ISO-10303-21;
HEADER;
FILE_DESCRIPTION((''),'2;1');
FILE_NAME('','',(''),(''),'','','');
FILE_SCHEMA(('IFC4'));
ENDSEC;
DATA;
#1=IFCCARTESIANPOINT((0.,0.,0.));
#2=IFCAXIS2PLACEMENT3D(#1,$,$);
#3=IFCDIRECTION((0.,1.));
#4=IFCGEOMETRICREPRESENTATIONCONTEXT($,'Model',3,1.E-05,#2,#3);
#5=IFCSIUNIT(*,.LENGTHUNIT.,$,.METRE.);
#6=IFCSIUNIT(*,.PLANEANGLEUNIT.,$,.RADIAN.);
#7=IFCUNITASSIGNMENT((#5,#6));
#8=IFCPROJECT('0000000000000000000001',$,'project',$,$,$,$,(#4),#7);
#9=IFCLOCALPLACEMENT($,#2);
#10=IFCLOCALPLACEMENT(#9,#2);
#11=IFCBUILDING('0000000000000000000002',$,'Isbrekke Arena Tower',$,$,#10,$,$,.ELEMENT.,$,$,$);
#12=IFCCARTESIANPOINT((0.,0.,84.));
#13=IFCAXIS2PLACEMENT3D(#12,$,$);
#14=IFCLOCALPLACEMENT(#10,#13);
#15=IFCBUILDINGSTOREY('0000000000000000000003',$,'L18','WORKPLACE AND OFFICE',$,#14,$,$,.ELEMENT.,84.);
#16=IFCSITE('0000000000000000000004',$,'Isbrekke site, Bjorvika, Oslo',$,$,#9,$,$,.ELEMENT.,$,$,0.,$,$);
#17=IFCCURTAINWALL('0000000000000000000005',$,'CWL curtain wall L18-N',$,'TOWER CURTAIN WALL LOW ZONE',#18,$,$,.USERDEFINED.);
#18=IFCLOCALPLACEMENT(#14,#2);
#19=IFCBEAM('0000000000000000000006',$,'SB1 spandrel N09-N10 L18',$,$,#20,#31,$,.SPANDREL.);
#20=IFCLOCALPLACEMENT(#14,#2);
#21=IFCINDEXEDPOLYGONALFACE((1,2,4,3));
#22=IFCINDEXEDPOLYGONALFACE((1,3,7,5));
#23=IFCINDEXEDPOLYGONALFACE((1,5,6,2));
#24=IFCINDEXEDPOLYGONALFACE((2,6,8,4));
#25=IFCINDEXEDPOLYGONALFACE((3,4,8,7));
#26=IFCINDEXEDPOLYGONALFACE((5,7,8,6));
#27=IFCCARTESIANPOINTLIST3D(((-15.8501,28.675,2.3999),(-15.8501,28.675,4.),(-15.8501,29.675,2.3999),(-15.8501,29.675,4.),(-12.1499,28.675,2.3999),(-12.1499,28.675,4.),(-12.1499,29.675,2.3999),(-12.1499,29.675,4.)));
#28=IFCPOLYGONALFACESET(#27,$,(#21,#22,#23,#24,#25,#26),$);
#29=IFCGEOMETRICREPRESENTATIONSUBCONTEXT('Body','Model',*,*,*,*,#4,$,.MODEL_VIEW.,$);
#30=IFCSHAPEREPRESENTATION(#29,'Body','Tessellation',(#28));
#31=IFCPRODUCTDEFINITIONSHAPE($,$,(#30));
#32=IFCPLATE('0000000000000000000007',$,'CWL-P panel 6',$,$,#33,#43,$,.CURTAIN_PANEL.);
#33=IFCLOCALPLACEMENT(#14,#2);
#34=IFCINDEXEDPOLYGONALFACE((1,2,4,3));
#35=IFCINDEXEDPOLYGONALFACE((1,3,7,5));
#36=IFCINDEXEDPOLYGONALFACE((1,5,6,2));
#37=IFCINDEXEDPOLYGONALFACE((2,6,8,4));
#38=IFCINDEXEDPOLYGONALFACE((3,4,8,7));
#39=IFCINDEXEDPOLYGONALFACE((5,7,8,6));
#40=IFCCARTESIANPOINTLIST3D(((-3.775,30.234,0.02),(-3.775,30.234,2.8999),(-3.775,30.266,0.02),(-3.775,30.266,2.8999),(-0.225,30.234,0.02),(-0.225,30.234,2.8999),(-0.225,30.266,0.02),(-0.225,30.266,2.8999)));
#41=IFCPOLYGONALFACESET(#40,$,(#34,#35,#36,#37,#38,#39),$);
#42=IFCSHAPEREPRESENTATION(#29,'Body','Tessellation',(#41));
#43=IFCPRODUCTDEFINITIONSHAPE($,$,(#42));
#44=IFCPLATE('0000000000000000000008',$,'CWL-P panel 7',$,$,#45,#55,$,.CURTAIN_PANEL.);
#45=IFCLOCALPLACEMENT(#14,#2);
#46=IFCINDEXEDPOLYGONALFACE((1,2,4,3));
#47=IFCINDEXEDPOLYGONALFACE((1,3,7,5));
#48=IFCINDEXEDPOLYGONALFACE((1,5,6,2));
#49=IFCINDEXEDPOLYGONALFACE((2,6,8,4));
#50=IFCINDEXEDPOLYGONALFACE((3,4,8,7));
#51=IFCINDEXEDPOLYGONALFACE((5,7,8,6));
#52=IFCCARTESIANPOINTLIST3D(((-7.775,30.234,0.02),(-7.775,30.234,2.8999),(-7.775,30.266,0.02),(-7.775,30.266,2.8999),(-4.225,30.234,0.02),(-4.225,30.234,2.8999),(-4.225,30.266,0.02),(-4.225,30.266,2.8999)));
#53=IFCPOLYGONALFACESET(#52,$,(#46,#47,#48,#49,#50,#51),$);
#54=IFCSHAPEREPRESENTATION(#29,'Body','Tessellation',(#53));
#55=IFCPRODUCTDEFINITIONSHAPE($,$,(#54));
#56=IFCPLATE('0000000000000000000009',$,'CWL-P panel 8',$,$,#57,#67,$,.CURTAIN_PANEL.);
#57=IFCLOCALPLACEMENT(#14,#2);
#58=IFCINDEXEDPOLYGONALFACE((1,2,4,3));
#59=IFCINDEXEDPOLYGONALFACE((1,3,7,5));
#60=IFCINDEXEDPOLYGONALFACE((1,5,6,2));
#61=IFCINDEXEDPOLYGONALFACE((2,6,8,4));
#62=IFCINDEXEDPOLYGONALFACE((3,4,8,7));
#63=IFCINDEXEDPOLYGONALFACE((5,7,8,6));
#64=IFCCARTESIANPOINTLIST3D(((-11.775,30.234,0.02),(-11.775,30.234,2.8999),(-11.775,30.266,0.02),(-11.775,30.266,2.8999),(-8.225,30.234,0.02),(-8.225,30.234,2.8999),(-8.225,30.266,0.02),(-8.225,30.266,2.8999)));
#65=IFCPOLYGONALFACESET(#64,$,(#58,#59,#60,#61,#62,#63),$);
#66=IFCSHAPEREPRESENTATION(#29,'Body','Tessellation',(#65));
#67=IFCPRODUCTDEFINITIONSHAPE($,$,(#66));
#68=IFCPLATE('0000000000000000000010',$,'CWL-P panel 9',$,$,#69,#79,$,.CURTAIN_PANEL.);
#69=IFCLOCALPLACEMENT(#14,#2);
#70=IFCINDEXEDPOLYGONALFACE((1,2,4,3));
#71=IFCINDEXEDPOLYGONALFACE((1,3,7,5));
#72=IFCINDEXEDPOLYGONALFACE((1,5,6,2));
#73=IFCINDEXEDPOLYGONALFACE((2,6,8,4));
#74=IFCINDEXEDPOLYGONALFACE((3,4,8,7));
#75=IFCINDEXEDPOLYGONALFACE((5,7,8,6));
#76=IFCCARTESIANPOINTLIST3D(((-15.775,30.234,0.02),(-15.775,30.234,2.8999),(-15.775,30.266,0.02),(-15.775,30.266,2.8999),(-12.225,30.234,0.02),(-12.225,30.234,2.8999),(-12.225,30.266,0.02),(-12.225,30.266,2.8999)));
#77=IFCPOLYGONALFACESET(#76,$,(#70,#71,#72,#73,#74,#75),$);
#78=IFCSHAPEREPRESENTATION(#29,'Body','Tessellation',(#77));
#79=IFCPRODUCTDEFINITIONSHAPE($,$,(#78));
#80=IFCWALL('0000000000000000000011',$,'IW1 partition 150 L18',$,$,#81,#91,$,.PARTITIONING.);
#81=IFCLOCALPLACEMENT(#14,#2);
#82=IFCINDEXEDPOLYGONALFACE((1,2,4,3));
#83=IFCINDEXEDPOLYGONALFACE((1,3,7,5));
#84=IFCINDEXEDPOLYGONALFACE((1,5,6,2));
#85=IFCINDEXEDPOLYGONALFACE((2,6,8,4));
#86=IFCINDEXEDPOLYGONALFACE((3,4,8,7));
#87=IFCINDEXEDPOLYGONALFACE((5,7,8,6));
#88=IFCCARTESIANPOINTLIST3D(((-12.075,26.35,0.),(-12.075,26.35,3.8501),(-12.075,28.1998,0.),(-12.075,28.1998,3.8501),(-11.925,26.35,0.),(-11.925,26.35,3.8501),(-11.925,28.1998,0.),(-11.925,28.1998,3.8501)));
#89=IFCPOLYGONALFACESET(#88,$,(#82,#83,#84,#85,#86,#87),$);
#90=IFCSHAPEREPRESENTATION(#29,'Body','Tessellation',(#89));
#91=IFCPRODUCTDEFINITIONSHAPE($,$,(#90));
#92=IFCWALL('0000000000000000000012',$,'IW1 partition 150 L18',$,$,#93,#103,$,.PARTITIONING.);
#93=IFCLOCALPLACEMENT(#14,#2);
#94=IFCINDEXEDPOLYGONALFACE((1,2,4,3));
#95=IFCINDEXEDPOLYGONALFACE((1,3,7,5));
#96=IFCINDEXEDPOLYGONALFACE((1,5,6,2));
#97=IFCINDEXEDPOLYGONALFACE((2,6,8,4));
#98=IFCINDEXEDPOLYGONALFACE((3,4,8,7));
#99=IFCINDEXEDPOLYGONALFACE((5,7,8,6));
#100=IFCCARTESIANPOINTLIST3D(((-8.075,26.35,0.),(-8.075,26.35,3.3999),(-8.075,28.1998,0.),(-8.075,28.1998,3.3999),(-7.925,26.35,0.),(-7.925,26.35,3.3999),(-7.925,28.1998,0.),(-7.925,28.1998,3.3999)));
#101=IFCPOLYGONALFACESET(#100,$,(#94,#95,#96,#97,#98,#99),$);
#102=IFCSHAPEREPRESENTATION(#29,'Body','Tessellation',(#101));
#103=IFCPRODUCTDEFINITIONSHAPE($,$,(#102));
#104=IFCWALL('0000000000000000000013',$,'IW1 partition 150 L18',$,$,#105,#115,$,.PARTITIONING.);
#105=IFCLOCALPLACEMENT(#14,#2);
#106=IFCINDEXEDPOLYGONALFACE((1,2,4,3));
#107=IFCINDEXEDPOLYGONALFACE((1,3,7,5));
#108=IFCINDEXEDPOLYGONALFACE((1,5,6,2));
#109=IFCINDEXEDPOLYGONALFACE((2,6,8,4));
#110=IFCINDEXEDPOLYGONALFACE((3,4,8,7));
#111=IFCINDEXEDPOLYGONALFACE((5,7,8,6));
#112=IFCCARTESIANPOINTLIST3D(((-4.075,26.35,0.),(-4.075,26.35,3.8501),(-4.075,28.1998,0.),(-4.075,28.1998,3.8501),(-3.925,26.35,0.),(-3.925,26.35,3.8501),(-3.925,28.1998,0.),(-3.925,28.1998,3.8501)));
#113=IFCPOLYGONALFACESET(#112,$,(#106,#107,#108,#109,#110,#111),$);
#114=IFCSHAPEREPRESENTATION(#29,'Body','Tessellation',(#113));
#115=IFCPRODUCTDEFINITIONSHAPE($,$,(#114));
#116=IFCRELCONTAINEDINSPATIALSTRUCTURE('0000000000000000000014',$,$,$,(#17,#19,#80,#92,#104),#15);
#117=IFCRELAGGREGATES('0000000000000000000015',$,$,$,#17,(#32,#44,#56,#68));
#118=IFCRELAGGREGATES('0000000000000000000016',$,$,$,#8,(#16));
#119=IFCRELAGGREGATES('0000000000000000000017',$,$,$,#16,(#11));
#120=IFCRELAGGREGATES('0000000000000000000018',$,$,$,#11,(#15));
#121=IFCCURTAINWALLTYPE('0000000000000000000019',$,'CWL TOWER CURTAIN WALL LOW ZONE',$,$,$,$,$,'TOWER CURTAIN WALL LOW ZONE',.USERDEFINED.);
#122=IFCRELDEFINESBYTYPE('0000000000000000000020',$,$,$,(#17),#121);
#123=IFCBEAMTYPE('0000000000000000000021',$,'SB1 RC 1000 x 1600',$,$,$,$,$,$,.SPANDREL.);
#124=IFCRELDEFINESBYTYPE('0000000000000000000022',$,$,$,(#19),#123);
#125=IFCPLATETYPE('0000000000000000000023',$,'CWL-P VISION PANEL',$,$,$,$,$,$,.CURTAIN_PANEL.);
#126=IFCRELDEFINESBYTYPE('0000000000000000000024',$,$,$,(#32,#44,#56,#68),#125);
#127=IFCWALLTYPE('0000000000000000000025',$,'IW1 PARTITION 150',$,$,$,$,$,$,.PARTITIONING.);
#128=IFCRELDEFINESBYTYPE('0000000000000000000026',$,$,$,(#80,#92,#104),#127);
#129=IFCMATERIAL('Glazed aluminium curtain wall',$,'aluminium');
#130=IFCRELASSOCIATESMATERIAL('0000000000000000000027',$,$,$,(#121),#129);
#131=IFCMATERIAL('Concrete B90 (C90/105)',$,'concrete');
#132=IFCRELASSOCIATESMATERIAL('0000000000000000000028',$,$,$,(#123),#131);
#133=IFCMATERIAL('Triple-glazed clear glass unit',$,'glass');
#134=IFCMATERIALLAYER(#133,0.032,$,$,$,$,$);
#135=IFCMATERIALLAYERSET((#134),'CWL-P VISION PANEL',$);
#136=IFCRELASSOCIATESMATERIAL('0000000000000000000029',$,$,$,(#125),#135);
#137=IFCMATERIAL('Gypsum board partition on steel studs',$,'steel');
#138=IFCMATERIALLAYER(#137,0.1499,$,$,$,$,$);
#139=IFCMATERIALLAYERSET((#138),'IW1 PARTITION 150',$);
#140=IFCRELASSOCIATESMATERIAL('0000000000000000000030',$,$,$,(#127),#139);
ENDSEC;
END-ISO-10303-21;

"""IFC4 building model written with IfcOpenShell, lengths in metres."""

from ifc_helpers import new_model, si_unit, direction, frame, frame_2d, origin, origin_2d, place, context, subcontext, project, spatial, rectangle, extrude, material, layer, layer_set, material_profile, profile_set, type_object, element, aggregate, save


model = new_model("IFC4")

# Units and contexts
model_context = context("Model", 3, precision=1e-05, world=origin(), true_north=direction((0.0, 1.0)))
body_context = subcontext(model_context, "Body", "Model", "MODEL_VIEW")
ifc_project = project(units=[si_unit("LENGTHUNIT", "METRE"), si_unit("PLANEANGLEUNIT", "RADIAN")], contexts=[model_context])

# Site, building, storey
site_placement = place(None, origin())
site = spatial("IfcSite", under=ifc_project, at=site_placement, Name="Isbrekke site, Bjorvika, Oslo", CompositionType="ELEMENT", RefElevation=0.0)
building_placement = place(site_placement, origin())
building = spatial("IfcBuilding", under=site, at=building_placement, Name="Isbrekke Arena Tower", CompositionType="ELEMENT")
storey_placement = place(building_placement, frame((0.0, 0.0, 84.0)))
storey = spatial("IfcBuildingStorey", under=building, at=storey_placement, Name="L18", Description="WORKPLACE AND OFFICE", CompositionType="ELEMENT", Elevation=84.0)

# Curtain wall
ifc_material_1 = material(Name="Glazed aluminium curtain wall", Category="aluminium")
curtain_wall_type = type_object("IfcCurtainWallType", Name="CWL TOWER CURTAIN WALL LOW ZONE", ElementType="TOWER CURTAIN WALL LOW ZONE", PredefinedType="USERDEFINED", material=ifc_material_1)
curtain_wall_placement = place(storey_placement, origin())
curtain_wall = element("IfcCurtainWall", 1, at=curtain_wall_placement, inside=storey, type_object=curtain_wall_type, Name="CWL curtain wall L18-N", ObjectType="TOWER CURTAIN WALL LOW ZONE", PredefinedType="USERDEFINED")

# Beam
ifc_material_2 = material(Name="Concrete B90 (C90/105)", Category="concrete")
ifc_material_profile_1 = material_profile(ifc_material_2, rectangle(XDim=1.0, YDim=1.6001, at=origin_2d()), Name="RC 1000x1600")
ifc_profile_set_1 = profile_set([ifc_material_profile_1], Name="Concrete B90 (C90/105)")
beam_type_1 = type_object("IfcBeamType", Name="SB1 RC 1000 x 1600", PredefinedType="SPANDREL", material=ifc_profile_set_1)
for number, where, z_axis, x_axis, name in (
    (2, (-12.1499, 29.175, 3.2), (-1.0, 0.0, 0.0), (0.0, -1.0, 0.0), "SB1 spandrel N09-N10 L18"),
):
    element("IfcBeam", number, at=place(storey_placement, frame(where, z_axis=z_axis, x_axis=x_axis)), inside=storey, type_object=beam_type_1, Name=name, PredefinedType="SPANDREL", context=body_context, shape_type="SweptSolid", body=[
        extrude(rectangle(XDim=1.0, YDim=1.6001, at=origin_2d()), origin(), (0.0, 0.0, 1.0), 3.7002),
    ])

# Plates
ifc_material_3 = material(Name="Triple-glazed clear glass unit", Category="glass")
ifc_layer_1 = layer(ifc_material_3, 0.032)
ifc_layer_set_1 = layer_set([ifc_layer_1], Name="CWL-P VISION PANEL")
plate_type = type_object("IfcPlateType", Name="CWL-P VISION PANEL", PredefinedType="CURTAIN_PANEL", material=ifc_layer_set_1)
plate_1_placement = place(storey_placement, frame((-2.0, 30.25, 0.02), z_axis=(0.0, 0.0, 1.0), x_axis=(-1.0, 0.0, 0.0)))
plate_1 = element("IfcPlate", 3, at=plate_1_placement, type_object=plate_type, Name="CWL-P panel 6", PredefinedType="CURTAIN_PANEL", context=body_context, shape_type="SweptSolid", body=[
    extrude(rectangle(XDim=3.55, YDim=0.032, at=origin_2d()), origin(), (0.0, 0.0, 1.0), 2.8799),
])
plate_2_placement = place(storey_placement, frame((-6.0, 30.25, 0.02), z_axis=(0.0, 0.0, 1.0), x_axis=(-1.0, 0.0, 0.0)))
plate_2 = element("IfcPlate", 4, at=plate_2_placement, type_object=plate_type, Name="CWL-P panel 7", PredefinedType="CURTAIN_PANEL", context=body_context, shape_type="SweptSolid", body=[
    extrude(rectangle(XDim=3.55, YDim=0.032, at=origin_2d()), origin(), (0.0, 0.0, 1.0), 2.8799),
])
plate_3_placement = place(storey_placement, frame((-10.0, 30.25, 0.02), z_axis=(0.0, 0.0, 1.0), x_axis=(-1.0, 0.0, 0.0)))
plate_3 = element("IfcPlate", 5, at=plate_3_placement, type_object=plate_type, Name="CWL-P panel 8", PredefinedType="CURTAIN_PANEL", context=body_context, shape_type="SweptSolid", body=[
    extrude(rectangle(XDim=3.55, YDim=0.032, at=origin_2d()), origin(), (0.0, 0.0, 1.0), 2.8799),
])
plate_4_placement = place(storey_placement, frame((-14.0, 30.25, 0.02), z_axis=(0.0, 0.0, 1.0), x_axis=(-1.0, 0.0, 0.0)))
plate_4 = element("IfcPlate", 6, at=plate_4_placement, type_object=plate_type, Name="CWL-P panel 9", PredefinedType="CURTAIN_PANEL", context=body_context, shape_type="SweptSolid", body=[
    extrude(rectangle(XDim=3.55, YDim=0.032, at=origin_2d()), origin(), (0.0, 0.0, 1.0), 2.8799),
])
aggregate(curtain_wall, [plate_1, plate_2, plate_3, plate_4])

# Walls
ifc_material_4 = material(Name="Gypsum board partition on steel studs", Category="steel")
ifc_layer_2 = layer(ifc_material_4, 0.1499)
ifc_layer_set_2 = layer_set([ifc_layer_2], Name="IW1 PARTITION 150")
wall_type = type_object("IfcWallType", Name="IW1 PARTITION 150", PredefinedType="PARTITIONING", material=ifc_layer_set_2)
wall_1_placement = place(storey_placement, frame((-12.0, 26.3501, 0.0), z_axis=(0.0, 0.0, 1.0), x_axis=(0.0, 1.0, 0.0)))
element("IfcWall", 7, at=wall_1_placement, inside=storey, type_object=wall_type, Name="IW1 partition 150 L18", PredefinedType="PARTITIONING", context=body_context, shape_type="SweptSolid", body=[
    extrude(rectangle(XDim=1.8499, YDim=0.1499, at=frame_2d((0.9248, 0.0))), origin(), (0.0, 0.0, 1.0), 3.8501),
])
wall_2_placement = place(storey_placement, frame((-8.0, 26.3501, 0.0), z_axis=(0.0, 0.0, 1.0), x_axis=(0.0, 1.0, 0.0)))
element("IfcWall", 8, at=wall_2_placement, inside=storey, type_object=wall_type, Name="IW1 partition 150 L18", PredefinedType="PARTITIONING", context=body_context, shape_type="SweptSolid", body=[
    extrude(rectangle(XDim=1.8499, YDim=0.1499, at=frame_2d((0.9248, 0.0))), origin(), (0.0, 0.0, 1.0), 3.3999),
])
wall_3_placement = place(storey_placement, frame((-4.0, 26.3501, 0.0), z_axis=(0.0, 0.0, 1.0), x_axis=(0.0, 1.0, 0.0)))
element("IfcWall", 9, at=wall_3_placement, inside=storey, type_object=wall_type, Name="IW1 partition 150 L18", PredefinedType="PARTITIONING", context=body_context, shape_type="SweptSolid", body=[
    extrude(rectangle(XDim=1.8499, YDim=0.1499, at=frame_2d((0.9248, 0.0))), origin(), (0.0, 0.0, 1.0), 3.8501),
])

save(model, "model.ifc")
